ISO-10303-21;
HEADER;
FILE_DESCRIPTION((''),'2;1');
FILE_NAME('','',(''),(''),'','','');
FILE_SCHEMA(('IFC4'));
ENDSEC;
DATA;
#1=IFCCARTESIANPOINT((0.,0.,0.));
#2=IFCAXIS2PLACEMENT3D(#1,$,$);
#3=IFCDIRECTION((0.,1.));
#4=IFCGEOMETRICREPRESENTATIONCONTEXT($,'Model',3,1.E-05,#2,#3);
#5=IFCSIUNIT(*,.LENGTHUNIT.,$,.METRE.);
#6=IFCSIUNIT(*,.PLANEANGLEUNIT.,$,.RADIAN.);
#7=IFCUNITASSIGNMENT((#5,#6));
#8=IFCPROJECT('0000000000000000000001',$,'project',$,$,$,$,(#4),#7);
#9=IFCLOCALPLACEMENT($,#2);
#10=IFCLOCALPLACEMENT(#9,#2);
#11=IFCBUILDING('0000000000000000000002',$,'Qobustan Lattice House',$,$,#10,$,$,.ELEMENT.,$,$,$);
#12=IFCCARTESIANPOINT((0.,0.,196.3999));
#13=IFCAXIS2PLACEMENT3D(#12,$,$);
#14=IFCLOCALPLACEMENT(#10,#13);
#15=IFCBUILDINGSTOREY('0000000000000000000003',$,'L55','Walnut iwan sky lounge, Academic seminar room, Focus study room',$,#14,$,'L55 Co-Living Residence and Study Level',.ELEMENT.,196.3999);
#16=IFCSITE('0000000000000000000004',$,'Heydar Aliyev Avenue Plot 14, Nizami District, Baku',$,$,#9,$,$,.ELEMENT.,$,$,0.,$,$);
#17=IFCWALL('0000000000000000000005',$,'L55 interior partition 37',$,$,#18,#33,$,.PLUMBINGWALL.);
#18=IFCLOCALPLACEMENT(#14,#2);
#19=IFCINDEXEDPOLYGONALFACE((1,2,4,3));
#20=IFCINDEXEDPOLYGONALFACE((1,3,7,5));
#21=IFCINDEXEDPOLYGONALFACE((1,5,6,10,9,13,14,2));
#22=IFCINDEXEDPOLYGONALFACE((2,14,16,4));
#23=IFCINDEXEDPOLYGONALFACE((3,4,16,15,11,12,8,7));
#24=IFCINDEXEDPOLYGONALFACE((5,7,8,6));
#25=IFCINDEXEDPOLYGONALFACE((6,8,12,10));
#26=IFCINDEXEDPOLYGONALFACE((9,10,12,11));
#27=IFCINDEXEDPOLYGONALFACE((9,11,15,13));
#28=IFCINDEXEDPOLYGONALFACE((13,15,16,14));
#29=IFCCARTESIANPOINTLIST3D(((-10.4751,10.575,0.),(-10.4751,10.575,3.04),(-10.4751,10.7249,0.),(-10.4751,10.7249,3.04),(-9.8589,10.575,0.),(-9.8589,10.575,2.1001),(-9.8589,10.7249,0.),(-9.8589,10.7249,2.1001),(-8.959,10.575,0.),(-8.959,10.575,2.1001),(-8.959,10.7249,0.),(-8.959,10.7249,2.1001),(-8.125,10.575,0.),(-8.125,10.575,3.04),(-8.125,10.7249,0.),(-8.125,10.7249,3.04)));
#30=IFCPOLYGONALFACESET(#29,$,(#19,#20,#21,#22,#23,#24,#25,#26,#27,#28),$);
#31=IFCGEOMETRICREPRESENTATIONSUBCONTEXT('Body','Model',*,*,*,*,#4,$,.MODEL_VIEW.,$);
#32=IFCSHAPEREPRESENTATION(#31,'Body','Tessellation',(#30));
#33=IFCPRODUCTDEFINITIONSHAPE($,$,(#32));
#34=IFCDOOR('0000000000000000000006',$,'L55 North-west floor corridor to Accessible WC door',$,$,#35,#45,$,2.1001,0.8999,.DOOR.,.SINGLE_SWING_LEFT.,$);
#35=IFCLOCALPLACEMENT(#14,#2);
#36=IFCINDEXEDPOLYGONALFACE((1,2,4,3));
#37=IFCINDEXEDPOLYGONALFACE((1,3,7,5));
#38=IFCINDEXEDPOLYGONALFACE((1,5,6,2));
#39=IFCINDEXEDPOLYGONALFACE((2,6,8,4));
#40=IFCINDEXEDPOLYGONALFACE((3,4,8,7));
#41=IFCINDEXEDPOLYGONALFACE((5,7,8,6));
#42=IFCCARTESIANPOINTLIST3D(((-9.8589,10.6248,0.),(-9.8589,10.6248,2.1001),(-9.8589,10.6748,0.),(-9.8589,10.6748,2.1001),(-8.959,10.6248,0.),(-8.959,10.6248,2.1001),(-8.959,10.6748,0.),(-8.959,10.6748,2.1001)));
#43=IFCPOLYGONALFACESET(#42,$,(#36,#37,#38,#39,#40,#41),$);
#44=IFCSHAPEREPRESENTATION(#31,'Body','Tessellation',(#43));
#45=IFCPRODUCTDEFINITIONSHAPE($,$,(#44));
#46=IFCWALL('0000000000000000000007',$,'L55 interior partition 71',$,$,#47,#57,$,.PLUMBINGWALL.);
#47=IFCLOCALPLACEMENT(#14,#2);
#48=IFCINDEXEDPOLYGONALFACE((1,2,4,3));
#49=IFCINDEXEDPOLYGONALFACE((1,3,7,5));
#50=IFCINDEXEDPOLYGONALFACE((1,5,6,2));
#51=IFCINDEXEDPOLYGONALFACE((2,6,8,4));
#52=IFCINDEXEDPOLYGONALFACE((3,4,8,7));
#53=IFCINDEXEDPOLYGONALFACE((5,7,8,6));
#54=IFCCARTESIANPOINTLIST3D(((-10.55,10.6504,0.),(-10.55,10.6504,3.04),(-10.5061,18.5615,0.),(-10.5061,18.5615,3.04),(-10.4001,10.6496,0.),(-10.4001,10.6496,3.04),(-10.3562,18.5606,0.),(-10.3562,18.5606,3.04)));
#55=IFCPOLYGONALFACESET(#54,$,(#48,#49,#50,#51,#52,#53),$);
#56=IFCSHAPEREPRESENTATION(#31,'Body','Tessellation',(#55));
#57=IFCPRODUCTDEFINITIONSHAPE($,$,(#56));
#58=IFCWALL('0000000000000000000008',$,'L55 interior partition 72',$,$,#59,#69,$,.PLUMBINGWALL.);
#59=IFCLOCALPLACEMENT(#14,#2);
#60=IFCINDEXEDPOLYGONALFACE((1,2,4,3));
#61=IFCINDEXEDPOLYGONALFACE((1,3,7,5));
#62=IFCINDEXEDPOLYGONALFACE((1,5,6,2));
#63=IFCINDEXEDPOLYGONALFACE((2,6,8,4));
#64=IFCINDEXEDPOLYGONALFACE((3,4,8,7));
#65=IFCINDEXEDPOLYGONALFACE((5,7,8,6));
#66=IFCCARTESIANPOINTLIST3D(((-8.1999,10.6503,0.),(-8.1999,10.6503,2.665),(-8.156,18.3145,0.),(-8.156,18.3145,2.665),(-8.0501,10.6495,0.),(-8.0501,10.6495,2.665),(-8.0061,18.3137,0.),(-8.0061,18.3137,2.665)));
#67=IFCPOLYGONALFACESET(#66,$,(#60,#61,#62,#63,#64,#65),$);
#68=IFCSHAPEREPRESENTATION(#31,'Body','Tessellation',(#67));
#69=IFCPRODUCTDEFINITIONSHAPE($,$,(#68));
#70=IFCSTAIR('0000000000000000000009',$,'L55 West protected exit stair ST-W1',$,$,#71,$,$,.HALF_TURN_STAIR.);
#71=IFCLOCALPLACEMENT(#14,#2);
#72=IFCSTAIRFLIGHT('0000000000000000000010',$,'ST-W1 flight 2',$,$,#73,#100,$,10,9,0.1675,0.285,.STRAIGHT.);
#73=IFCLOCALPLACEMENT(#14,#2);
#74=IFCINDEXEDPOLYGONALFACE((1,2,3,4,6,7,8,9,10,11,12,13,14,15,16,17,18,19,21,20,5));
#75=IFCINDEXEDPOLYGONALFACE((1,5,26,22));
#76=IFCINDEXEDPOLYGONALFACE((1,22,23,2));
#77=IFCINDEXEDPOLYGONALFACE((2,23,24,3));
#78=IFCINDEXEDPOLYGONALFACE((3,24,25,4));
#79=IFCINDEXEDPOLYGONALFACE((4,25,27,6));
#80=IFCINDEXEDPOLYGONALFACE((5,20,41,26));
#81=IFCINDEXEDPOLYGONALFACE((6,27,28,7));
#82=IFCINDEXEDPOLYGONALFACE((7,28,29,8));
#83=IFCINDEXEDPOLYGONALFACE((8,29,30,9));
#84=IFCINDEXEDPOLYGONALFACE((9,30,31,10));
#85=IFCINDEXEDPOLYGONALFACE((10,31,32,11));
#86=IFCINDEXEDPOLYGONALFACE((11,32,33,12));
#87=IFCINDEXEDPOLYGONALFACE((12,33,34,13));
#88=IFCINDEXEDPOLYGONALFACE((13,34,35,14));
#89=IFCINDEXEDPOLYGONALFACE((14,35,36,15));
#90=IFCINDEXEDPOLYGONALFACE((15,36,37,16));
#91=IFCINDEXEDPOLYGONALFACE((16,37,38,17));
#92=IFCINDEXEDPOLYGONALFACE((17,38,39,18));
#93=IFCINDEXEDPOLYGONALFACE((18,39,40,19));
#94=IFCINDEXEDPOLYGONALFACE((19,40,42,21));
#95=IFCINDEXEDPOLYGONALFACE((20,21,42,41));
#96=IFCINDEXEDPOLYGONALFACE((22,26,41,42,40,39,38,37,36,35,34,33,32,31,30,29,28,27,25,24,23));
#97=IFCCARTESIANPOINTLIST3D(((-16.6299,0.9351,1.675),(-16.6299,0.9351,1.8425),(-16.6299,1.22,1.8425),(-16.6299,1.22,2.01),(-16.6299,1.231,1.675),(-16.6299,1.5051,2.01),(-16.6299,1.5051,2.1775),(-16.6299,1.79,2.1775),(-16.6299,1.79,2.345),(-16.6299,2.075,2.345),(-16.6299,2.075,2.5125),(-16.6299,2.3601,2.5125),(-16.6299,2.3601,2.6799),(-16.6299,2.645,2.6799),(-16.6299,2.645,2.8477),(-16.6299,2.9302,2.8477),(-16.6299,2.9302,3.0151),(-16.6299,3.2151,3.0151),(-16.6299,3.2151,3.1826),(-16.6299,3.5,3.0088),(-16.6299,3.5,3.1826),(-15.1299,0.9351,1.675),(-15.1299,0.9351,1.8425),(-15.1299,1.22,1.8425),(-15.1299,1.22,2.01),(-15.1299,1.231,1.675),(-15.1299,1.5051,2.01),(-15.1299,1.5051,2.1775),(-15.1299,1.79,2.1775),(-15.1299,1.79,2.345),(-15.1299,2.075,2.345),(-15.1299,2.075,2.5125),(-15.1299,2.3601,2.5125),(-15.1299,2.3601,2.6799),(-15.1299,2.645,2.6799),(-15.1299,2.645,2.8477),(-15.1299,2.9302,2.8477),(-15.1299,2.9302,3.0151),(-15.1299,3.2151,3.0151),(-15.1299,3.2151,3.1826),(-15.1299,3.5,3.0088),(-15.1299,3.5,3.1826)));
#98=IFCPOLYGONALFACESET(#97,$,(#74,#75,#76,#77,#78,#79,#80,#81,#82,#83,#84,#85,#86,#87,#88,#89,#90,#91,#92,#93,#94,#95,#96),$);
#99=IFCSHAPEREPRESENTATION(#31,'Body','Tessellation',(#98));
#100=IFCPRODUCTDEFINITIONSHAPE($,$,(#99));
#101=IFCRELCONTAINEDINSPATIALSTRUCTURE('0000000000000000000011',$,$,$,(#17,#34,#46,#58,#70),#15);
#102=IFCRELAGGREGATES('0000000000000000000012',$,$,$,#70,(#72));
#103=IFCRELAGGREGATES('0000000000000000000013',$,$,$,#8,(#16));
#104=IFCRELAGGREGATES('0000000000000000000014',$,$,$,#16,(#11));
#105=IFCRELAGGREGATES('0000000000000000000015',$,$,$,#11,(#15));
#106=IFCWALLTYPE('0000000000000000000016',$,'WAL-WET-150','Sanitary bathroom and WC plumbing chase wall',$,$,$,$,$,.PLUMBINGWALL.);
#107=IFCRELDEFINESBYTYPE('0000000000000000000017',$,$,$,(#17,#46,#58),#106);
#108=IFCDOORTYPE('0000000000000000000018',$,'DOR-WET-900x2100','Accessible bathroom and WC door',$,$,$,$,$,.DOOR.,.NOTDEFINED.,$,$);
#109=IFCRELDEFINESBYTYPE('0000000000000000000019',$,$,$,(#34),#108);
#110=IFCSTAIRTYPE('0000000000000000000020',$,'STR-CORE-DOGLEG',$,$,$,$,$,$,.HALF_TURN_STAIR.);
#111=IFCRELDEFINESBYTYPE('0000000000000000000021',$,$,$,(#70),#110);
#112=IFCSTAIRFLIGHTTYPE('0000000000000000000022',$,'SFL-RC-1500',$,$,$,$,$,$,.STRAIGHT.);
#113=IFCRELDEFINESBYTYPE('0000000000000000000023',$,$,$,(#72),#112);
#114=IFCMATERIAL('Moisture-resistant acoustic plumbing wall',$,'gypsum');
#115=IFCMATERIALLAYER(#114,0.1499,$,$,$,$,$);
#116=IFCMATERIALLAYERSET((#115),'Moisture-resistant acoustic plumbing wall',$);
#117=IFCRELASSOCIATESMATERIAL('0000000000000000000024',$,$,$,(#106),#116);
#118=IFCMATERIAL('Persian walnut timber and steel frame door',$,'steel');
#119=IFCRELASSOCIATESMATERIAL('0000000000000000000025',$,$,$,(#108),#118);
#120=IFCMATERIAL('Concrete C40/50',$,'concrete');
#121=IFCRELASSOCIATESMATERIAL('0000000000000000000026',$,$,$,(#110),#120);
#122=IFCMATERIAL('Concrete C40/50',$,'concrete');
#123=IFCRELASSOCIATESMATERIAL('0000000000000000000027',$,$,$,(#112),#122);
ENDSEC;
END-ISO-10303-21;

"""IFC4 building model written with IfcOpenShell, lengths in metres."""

from ifc_helpers import new_model, si_unit, direction, frame, frame_2d, origin, place, context, subcontext, project, spatial, polyline, rectangle, outline, extrude, material, layer, layer_set, type_object, element, fill, aggregate, save


model = new_model("IFC4")

# Units and contexts
model_context = context("Model", 3, precision=1e-05, world=origin(), true_north=direction((0.0, 1.0)))
body_context = subcontext(model_context, "Body", "Model", "MODEL_VIEW")
ifc_project = project(units=[si_unit("LENGTHUNIT", "METRE"), si_unit("PLANEANGLEUNIT", "RADIAN")], contexts=[model_context])

# Site, building, storey
site_placement = place(None, origin())
site = spatial("IfcSite", under=ifc_project, at=site_placement, Name="Heydar Aliyev Avenue Plot 14, Nizami District, Baku", CompositionType="ELEMENT", RefElevation=0.0)
building_placement = place(site_placement, origin())
building = spatial("IfcBuilding", under=site, at=building_placement, Name="Qobustan Lattice House", CompositionType="ELEMENT")
storey_placement = place(building_placement, frame((0.0, 0.0, 196.3999)))
storey = spatial("IfcBuildingStorey", under=building, at=storey_placement, Name="L55", Description="Walnut iwan sky lounge, Academic seminar room, Focus study room", LongName="L55 Co-Living Residence and Study Level", CompositionType="ELEMENT", Elevation=196.3999)

# Wall, opening, door
ifc_material_1 = material(Name="Moisture-resistant acoustic plumbing wall", Category="gypsum")
ifc_layer_1 = layer(ifc_material_1, 0.1499)
ifc_layer_set_1 = layer_set([ifc_layer_1], Name="Moisture-resistant acoustic plumbing wall")
wall_type_1 = type_object("IfcWallType", Name="WAL-WET-150", Description="Sanitary bathroom and WC plumbing chase wall", PredefinedType="PLUMBINGWALL", material=ifc_layer_set_1)
wall_1_placement = place(storey_placement, frame((-10.4751, 10.6499, 0.0), z_axis=(0.0, 0.0, 1.0), x_axis=(1.0, 0.0, 0.0)))
wall_1 = element("IfcWall", 1, at=wall_1_placement, inside=storey, type_object=wall_type_1, Name="L55 interior partition 37", PredefinedType="PLUMBINGWALL", context=body_context, shape_type="SweptSolid", body=[
    extrude(rectangle(XDim=2.3501, YDim=0.1499, at=frame_2d((1.175, 0.0))), origin(), (0.0, 0.0, 1.0), 3.04),
])
opening_1_placement = place(wall_1_placement, frame((0.6162, 0.0, 0.0)))
opening_1 = element("IfcOpeningElement", 2, at=opening_1_placement, cuts=wall_1, PredefinedType="OPENING", context=body_context, shape_type="SweptSolid", body=[
    extrude(rectangle(XDim=0.8999, YDim=2.1001, at=frame_2d((0.45, 1.05))), frame((0.0, 0.085, 0.0), z_axis=(0.0, -1.0, 0.0), x_axis=(1.0, 0.0, 0.0)), (0.0, 0.0, 1.0), 0.1699),
])
ifc_material_2 = material(Name="Persian walnut timber and steel frame door", Category="steel")
door_type_1 = type_object("IfcDoorType", Name="DOR-WET-900x2100", Description="Accessible bathroom and WC door", OperationType="NOTDEFINED", PredefinedType="DOOR", material=ifc_material_2)
door_1_placement = place(opening_1_placement, origin())
door_1 = element("IfcDoor", 3, at=door_1_placement, inside=storey, type_object=door_type_1, Name="L55 North-west floor corridor to Accessible WC door", OperationType="SINGLE_SWING_LEFT", OverallHeight=2.1001, OverallWidth=0.8999, PredefinedType="DOOR", context=body_context, shape_type="SweptSolid", body=[
    extrude(rectangle(XDim=0.8999, YDim=2.1001, at=frame_2d((0.45, 1.05))), frame((0.0, 0.0249, 0.0), z_axis=(0.0, -1.0, 0.0), x_axis=(1.0, 0.0, 0.0)), (0.0, 0.0, 1.0), 0.05),
])
fill(opening_1, door_1)

# Walls
wall_2_placement = place(storey_placement, frame((-10.4312, 18.561, 0.0), z_axis=(0.0, 0.0, 1.0), x_axis=(-0.005555, -0.999985, 0.0)))
element("IfcWall", 4, at=wall_2_placement, inside=storey, type_object=wall_type_1, Name="L55 interior partition 71", PredefinedType="PLUMBINGWALL", context=body_context, shape_type="SweptSolid", body=[
    extrude(rectangle(XDim=7.9111, YDim=0.1499, at=frame_2d((3.9556, 0.0))), origin(), (0.0, 0.0, 1.0), 3.04),
])
wall_3_placement = place(storey_placement, frame((-8.0811, 18.314, 0.0), z_axis=(0.0, 0.0, 1.0), x_axis=(-0.005734, -0.999984, 0.0)))
element("IfcWall", 5, at=wall_3_placement, inside=storey, type_object=wall_type_1, Name="L55 interior partition 72", PredefinedType="PLUMBINGWALL", context=body_context, shape_type="SweptSolid", body=[
    extrude(rectangle(XDim=7.6643, YDim=0.1499, at=frame_2d((3.832, 0.0))), origin(), (0.0, 0.0, 1.0), 2.665),
])

# Stair, stair flight
ifc_material_3 = material(Name="Concrete C40/50", Category="concrete")
stair_type = type_object("IfcStairType", Name="STR-CORE-DOGLEG", PredefinedType="HALF_TURN_STAIR", material=ifc_material_3)
stair_placement = place(storey_placement, origin())
stair = element("IfcStair", 6, at=stair_placement, inside=storey, type_object=stair_type, Name="L55 West protected exit stair ST-W1", PredefinedType="HALF_TURN_STAIR")
ifc_material_4 = material(Name="Concrete C40/50", Category="concrete")
stair_flight_type = type_object("IfcStairFlightType", Name="SFL-RC-1500", PredefinedType="STRAIGHT", material=ifc_material_4)
stair_flight_placement = place(storey_placement, frame((-15.8799, 0.9351, 1.675), z_axis=(0.0, 0.0, 1.0), x_axis=(0.0, 1.0, 0.0)))
stair_flight = element("IfcStairFlight", 7, at=stair_flight_placement, type_object=stair_flight_type, Name="ST-W1 flight 2", NumberOfRisers=10, NumberOfTreads=9, PredefinedType="STRAIGHT", RiserHeight=0.1675, TreadLength=0.285, context=body_context, shape_type="SweptSolid", body=[
    extrude(outline(polyline([(0.0, 0.0), (0.0, 0.1675), (0.2849, 0.1675), (0.2849, 0.335), (0.5701, 0.335), (0.5701, 0.5024), (0.855, 0.5024), (0.855, 0.6699), (1.1399, 0.6699), (1.1399, 0.8374), (1.425, 0.8374), (1.425, 1.0049), (1.71, 1.0049), (1.71, 1.1726), (1.9951, 1.1726), (1.9951, 1.3401), (2.28, 1.3401), (2.28, 1.5076), (2.5649, 1.5076), (2.5649, 1.675), (2.5649, 1.3337), (0.2959, 0.0), (0.0, 0.0)])), frame((0.0, 0.75, 0.0), z_axis=(0.0, -1.0, 0.0), x_axis=(1.0, 0.0, 0.0)), (0.0, 0.0, 1.0), 1.5),
])
aggregate(stair, [stair_flight])

save(model, "model.ifc")
